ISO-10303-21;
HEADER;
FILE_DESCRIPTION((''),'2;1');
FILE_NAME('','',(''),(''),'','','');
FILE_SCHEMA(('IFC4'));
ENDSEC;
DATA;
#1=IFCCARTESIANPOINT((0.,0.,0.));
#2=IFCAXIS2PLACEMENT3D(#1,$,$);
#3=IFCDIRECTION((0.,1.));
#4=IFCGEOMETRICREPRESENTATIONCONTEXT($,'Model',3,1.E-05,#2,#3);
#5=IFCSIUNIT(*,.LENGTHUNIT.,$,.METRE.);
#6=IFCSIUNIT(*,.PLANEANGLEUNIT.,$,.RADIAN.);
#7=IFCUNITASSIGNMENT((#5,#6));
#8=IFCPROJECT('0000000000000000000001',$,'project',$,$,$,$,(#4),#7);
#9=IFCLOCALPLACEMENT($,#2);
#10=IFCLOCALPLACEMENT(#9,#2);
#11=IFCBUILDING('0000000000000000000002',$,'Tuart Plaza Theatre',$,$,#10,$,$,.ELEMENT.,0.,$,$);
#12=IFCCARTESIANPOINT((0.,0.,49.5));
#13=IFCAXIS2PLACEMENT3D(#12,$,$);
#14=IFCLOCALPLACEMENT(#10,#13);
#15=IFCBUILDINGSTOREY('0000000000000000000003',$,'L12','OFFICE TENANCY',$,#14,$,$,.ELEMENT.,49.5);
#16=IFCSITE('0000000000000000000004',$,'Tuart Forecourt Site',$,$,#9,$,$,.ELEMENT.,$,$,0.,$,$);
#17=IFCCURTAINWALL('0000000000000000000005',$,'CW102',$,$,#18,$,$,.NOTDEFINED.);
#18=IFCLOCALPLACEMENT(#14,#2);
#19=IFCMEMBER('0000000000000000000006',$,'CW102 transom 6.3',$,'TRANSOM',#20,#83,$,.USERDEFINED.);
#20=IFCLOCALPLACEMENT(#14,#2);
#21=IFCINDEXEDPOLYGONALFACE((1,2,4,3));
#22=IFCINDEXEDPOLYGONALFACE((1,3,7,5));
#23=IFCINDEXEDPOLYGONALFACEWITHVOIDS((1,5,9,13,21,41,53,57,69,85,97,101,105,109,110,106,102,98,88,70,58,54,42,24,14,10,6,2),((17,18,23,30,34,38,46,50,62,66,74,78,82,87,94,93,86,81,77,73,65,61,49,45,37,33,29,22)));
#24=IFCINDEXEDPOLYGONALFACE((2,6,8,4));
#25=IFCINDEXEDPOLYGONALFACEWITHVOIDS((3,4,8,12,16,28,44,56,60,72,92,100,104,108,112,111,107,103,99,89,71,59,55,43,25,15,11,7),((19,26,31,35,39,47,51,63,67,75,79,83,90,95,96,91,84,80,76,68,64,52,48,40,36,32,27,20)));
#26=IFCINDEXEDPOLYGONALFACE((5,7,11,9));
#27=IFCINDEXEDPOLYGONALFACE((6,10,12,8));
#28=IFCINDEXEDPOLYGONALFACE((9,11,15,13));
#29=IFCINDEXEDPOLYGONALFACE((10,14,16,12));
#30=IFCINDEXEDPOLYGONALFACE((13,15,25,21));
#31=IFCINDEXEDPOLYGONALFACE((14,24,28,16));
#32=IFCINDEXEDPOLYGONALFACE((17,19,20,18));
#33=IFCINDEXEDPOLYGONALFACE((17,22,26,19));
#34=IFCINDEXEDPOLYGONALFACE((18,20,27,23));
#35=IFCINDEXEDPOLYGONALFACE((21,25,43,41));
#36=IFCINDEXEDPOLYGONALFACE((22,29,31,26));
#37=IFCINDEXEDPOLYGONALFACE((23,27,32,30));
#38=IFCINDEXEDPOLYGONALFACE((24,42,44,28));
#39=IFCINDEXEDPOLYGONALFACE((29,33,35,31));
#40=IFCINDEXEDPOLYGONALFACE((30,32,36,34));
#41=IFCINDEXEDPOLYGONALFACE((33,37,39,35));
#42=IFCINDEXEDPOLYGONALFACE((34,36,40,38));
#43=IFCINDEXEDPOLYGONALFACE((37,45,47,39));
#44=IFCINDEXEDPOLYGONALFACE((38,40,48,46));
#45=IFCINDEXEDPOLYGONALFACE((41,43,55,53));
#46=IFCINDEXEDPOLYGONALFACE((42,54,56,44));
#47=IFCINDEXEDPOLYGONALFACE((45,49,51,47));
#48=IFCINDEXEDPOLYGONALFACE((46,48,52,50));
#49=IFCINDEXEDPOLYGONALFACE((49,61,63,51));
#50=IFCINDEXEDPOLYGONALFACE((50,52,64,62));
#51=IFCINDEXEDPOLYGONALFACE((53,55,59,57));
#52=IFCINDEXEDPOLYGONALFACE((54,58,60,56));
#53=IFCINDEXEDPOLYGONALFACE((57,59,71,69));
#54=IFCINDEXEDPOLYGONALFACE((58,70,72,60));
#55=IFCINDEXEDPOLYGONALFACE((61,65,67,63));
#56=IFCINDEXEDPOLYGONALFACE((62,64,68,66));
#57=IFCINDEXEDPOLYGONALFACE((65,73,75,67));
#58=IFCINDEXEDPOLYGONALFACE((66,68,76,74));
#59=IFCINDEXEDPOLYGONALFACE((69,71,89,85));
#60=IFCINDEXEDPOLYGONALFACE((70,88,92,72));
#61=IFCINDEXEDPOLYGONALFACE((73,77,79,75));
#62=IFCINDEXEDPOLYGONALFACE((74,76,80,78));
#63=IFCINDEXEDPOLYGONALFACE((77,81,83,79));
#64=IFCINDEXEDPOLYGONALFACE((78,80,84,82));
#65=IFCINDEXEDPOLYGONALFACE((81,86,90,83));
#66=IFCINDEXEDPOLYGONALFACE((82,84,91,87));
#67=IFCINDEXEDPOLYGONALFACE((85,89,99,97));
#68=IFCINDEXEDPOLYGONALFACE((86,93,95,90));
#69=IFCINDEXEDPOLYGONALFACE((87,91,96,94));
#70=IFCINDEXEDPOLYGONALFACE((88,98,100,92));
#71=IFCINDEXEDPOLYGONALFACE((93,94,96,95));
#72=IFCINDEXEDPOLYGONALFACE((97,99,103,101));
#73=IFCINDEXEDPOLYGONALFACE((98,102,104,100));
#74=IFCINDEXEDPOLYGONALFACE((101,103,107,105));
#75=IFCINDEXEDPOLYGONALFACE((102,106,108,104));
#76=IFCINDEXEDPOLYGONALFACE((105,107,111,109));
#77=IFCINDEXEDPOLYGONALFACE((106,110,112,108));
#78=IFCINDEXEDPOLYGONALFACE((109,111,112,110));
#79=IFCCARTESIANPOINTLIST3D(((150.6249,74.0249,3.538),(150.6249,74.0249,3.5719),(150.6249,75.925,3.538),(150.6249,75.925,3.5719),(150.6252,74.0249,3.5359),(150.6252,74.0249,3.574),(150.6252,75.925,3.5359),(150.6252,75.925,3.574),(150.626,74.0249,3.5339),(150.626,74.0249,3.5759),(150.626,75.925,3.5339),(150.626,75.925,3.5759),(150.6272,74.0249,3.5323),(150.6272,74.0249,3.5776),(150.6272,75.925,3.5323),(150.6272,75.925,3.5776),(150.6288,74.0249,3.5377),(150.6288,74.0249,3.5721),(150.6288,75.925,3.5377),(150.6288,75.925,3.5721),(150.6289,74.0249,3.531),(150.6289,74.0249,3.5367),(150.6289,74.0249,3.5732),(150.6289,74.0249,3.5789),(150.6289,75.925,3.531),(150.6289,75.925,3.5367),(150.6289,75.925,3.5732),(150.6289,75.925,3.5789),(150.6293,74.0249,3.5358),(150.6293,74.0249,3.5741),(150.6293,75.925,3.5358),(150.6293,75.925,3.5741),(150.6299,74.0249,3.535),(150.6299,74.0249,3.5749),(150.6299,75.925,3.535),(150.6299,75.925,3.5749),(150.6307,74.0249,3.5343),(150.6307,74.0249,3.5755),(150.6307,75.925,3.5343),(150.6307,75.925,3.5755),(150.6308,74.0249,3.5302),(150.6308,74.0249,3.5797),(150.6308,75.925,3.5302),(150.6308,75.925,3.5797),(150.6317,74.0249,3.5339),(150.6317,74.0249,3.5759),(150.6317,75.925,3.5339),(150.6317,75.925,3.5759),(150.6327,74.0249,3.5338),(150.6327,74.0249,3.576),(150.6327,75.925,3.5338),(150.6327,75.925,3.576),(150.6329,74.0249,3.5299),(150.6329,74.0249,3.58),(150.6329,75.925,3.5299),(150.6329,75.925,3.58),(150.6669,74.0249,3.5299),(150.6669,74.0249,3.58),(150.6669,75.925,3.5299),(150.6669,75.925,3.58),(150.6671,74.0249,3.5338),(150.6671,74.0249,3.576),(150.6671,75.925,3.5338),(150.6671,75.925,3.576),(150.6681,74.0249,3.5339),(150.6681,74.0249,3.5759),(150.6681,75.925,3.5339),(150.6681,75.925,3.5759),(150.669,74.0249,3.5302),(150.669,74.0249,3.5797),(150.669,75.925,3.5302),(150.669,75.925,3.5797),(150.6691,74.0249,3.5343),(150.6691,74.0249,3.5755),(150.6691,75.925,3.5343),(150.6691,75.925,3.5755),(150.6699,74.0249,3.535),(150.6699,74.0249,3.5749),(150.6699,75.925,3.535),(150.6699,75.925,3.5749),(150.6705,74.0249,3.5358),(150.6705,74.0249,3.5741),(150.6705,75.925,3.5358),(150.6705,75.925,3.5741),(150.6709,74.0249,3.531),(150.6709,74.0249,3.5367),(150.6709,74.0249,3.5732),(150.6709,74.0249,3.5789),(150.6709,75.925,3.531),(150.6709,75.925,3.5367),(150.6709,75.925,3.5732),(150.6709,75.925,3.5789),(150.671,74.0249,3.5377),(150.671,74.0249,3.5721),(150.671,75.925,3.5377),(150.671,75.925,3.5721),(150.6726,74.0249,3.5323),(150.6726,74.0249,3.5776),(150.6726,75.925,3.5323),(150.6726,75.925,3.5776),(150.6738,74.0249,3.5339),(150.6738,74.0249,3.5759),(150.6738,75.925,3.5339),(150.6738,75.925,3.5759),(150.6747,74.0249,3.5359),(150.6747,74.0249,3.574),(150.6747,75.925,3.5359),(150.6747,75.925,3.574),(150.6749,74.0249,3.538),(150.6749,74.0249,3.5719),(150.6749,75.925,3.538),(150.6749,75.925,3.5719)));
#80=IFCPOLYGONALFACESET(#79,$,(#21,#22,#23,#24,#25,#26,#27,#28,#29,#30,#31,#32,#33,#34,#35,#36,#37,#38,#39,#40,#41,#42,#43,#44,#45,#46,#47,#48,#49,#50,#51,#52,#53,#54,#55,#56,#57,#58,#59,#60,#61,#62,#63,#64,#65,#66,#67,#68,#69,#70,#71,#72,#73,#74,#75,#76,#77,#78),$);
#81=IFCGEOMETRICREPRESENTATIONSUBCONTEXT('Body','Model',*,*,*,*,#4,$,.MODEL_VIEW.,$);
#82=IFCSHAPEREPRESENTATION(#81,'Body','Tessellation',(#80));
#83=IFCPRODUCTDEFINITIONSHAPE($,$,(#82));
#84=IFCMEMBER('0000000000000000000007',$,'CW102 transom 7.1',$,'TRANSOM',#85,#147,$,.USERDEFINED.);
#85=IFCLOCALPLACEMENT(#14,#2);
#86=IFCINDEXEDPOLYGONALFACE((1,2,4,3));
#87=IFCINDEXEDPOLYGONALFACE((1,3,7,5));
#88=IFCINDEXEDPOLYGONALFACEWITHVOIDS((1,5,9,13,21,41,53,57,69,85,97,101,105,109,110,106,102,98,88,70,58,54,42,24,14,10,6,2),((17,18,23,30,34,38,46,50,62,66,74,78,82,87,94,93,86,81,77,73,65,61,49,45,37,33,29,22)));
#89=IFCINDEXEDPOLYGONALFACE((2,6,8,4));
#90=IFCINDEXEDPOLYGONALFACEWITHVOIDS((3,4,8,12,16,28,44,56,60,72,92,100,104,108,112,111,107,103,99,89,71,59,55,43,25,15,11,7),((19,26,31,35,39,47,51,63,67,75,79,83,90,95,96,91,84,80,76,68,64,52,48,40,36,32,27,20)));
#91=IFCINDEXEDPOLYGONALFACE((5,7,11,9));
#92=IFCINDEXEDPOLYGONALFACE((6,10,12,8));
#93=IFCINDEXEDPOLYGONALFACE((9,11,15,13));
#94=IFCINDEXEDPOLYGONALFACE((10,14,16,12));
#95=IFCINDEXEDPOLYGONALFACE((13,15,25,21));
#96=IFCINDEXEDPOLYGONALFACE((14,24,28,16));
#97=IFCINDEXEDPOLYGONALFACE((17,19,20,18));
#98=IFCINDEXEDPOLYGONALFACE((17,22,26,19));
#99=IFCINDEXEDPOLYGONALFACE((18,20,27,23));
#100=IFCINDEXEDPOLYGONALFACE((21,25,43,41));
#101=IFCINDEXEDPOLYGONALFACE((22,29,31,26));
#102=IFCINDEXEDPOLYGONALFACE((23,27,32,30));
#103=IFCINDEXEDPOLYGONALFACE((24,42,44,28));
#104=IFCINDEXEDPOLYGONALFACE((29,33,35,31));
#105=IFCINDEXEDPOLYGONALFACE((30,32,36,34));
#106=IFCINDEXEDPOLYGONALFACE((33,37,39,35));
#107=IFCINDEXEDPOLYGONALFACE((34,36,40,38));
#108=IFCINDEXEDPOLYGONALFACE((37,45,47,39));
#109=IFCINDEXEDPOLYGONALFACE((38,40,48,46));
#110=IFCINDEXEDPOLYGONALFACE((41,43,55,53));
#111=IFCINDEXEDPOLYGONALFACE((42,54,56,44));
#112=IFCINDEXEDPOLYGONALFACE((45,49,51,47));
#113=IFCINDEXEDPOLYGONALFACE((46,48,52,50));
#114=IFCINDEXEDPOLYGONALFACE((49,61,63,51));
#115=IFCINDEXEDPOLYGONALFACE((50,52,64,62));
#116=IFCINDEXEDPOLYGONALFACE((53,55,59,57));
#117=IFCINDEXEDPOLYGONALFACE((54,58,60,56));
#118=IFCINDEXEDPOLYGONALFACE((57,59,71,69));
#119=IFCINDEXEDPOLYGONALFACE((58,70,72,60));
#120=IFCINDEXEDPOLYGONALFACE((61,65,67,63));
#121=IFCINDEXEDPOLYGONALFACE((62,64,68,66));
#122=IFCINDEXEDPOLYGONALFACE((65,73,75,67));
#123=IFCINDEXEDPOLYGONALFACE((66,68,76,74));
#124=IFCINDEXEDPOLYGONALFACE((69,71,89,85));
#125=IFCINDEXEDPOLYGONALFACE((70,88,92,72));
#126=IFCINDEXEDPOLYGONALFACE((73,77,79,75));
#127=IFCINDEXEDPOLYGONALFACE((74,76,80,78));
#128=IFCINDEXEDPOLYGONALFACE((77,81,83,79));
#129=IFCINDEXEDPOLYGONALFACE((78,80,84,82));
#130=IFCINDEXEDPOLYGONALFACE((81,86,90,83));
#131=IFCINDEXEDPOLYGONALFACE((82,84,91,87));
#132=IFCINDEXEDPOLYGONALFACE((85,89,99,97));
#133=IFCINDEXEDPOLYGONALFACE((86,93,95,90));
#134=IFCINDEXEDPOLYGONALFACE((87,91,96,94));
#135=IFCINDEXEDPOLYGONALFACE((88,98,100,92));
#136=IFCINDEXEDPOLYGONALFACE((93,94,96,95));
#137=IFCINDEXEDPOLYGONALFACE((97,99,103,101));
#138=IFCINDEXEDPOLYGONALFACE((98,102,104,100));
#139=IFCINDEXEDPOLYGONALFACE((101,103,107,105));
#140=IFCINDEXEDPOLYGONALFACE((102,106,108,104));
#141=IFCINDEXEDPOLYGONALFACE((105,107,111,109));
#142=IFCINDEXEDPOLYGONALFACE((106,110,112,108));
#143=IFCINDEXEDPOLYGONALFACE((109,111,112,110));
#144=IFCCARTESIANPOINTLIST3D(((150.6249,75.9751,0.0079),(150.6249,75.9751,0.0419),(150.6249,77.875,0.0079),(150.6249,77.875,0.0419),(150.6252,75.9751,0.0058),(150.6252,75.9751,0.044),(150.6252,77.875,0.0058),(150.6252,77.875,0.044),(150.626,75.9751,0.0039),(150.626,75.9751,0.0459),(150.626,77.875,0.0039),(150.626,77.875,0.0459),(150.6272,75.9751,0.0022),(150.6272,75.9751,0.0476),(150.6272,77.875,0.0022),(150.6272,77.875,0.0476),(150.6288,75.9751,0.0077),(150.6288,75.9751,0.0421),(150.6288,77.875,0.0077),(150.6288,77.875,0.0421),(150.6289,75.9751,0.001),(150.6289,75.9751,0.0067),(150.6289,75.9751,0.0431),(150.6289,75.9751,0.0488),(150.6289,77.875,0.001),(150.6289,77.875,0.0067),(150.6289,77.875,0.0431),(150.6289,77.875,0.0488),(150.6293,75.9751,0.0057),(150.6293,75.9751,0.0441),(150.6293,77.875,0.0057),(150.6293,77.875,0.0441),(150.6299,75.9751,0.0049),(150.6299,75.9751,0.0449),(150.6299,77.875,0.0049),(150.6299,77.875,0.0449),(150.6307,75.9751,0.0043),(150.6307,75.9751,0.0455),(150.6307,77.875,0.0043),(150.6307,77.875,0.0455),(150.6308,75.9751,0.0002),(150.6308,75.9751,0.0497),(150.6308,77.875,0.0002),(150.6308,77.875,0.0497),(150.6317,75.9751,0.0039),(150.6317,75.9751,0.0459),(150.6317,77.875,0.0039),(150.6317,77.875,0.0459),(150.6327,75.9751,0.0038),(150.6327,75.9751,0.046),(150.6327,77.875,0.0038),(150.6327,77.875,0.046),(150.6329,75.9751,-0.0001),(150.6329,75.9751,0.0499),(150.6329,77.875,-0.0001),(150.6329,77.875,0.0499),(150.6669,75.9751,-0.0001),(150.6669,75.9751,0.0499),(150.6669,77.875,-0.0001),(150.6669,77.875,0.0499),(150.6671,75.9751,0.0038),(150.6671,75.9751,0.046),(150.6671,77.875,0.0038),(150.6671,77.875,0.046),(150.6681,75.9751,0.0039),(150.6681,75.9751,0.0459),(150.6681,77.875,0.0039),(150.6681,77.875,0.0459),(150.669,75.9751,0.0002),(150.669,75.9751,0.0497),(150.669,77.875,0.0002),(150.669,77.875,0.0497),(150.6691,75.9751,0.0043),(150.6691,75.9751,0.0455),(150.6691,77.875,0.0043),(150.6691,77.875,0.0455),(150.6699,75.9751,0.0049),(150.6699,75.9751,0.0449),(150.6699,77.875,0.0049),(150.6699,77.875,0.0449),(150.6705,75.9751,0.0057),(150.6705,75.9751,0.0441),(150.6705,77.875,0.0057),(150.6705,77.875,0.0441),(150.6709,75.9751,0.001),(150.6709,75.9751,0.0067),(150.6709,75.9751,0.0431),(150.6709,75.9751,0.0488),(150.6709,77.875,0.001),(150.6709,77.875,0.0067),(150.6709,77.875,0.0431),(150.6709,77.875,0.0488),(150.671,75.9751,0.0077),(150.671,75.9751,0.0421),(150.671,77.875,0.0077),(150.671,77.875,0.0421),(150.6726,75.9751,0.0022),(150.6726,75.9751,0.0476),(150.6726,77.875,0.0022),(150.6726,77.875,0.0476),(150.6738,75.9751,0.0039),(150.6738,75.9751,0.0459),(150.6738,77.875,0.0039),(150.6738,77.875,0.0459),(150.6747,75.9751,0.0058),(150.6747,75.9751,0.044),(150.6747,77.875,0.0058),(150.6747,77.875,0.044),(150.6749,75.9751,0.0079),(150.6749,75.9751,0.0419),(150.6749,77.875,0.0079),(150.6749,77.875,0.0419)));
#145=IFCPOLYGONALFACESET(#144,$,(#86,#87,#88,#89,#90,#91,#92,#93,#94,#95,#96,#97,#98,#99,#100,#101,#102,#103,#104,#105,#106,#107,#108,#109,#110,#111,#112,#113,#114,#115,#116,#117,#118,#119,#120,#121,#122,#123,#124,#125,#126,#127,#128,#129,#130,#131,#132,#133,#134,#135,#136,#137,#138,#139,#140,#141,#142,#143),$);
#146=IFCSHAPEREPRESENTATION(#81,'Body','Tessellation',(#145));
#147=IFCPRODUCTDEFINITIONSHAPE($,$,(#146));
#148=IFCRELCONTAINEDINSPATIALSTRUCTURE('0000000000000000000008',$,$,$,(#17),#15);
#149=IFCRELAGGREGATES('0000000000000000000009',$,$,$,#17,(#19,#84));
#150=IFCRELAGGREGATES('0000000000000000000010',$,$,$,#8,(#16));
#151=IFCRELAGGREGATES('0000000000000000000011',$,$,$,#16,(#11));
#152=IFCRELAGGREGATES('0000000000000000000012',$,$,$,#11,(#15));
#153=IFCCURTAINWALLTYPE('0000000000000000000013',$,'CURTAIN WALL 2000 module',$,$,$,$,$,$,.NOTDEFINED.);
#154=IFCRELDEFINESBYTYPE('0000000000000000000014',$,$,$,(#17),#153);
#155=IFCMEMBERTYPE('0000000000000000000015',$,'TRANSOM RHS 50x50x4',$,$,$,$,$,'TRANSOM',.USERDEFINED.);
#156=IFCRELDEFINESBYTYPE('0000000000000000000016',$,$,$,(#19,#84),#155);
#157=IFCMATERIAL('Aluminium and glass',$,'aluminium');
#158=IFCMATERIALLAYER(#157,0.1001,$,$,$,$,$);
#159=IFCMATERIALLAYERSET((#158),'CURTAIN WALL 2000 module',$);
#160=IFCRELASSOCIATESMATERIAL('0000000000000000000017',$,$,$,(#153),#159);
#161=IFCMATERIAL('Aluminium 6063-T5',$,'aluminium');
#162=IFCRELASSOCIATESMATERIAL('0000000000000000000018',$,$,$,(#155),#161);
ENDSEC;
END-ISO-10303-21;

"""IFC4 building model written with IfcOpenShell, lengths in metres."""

from ifc_helpers import new_model, si_unit, direction, frame, origin, origin_2d, place, context, subcontext, project, spatial, hollow_rectangle, extrude, material, layer, layer_set, material_profile, profile_set, type_object, element, aggregate, save


model = new_model("IFC4")

# Units and contexts
model_context = context("Model", 3, precision=1e-05, world=origin(), true_north=direction((0.0, 1.0)))
body_context = subcontext(model_context, "Body", "Model", "MODEL_VIEW")
ifc_project = project(units=[si_unit("LENGTHUNIT", "METRE"), si_unit("PLANEANGLEUNIT", "RADIAN")], contexts=[model_context])

# Site, building, storey
site_placement = place(None, origin())
site = spatial("IfcSite", under=ifc_project, at=site_placement, Name="Tuart Forecourt Site", CompositionType="ELEMENT", RefElevation=0.0)
building_placement = place(site_placement, origin())
building = spatial("IfcBuilding", under=site, at=building_placement, Name="Tuart Plaza Theatre", CompositionType="ELEMENT", ElevationOfRefHeight=0.0)
storey_placement = place(building_placement, frame((0.0, 0.0, 49.5)))
storey = spatial("IfcBuildingStorey", under=building, at=storey_placement, Name="L12", Description="OFFICE TENANCY", CompositionType="ELEMENT", Elevation=49.5)

# Curtain wall, members
ifc_material_1 = material(Name="Aluminium and glass", Category="aluminium")
ifc_layer_1 = layer(ifc_material_1, 0.1001)
ifc_layer_set_1 = layer_set([ifc_layer_1], Name="CURTAIN WALL 2000 module")
curtain_wall_type = type_object("IfcCurtainWallType", Name="CURTAIN WALL 2000 module", PredefinedType="NOTDEFINED", material=ifc_layer_set_1)
curtain_wall_placement = place(storey_placement, origin())
curtain_wall = element("IfcCurtainWall", 1, at=curtain_wall_placement, inside=storey, type_object=curtain_wall_type, Name="CW102", PredefinedType="NOTDEFINED")
ifc_material_2 = material(Name="Aluminium 6063-T5", Category="aluminium")
ifc_material_profile_1 = material_profile(ifc_material_2, hollow_rectangle(XDim=0.05, YDim=0.05, WallThickness=0.0039, InnerFilletRadius=0.0039, OuterFilletRadius=0.0081, at=origin_2d()), Name="RHS 50x50x4")
ifc_profile_set_1 = profile_set([ifc_material_profile_1], Name="Aluminium 6063-T5")
member_type_1 = type_object("IfcMemberType", Name="TRANSOM RHS 50x50x4", ElementType="TRANSOM", PredefinedType="USERDEFINED", material=ifc_profile_set_1)
member_1_placement = place(storey_placement, frame((150.6499, 74.0249, 3.5549), z_axis=(0.0, 1.0, 0.0), x_axis=(-1.0, 0.0, 0.0)))
member_1 = element("IfcMember", 2, at=member_1_placement, type_object=member_type_1, Name="CW102 transom 6.3", ObjectType="TRANSOM", PredefinedType="USERDEFINED", context=body_context, shape_type="SweptSolid", body=[
    extrude(hollow_rectangle(XDim=0.05, YDim=0.05, WallThickness=0.0039, InnerFilletRadius=0.0039, OuterFilletRadius=0.0081, at=origin_2d()), origin(), (0.0, 0.0, 1.0), 1.9001),
])
member_2_placement = place(storey_placement, frame((150.6499, 75.9751, 0.0249), z_axis=(0.0, 1.0, 0.0), x_axis=(-1.0, 0.0, 0.0)))
member_2 = element("IfcMember", 3, at=member_2_placement, type_object=member_type_1, Name="CW102 transom 7.1", ObjectType="TRANSOM", PredefinedType="USERDEFINED", context=body_context, shape_type="SweptSolid", body=[
    extrude(hollow_rectangle(XDim=0.05, YDim=0.05, WallThickness=0.0039, InnerFilletRadius=0.0039, OuterFilletRadius=0.0081, at=origin_2d()), origin(), (0.0, 0.0, 1.0), 1.8999),
])
aggregate(curtain_wall, [member_1, member_2])

save(model, "model.ifc")
